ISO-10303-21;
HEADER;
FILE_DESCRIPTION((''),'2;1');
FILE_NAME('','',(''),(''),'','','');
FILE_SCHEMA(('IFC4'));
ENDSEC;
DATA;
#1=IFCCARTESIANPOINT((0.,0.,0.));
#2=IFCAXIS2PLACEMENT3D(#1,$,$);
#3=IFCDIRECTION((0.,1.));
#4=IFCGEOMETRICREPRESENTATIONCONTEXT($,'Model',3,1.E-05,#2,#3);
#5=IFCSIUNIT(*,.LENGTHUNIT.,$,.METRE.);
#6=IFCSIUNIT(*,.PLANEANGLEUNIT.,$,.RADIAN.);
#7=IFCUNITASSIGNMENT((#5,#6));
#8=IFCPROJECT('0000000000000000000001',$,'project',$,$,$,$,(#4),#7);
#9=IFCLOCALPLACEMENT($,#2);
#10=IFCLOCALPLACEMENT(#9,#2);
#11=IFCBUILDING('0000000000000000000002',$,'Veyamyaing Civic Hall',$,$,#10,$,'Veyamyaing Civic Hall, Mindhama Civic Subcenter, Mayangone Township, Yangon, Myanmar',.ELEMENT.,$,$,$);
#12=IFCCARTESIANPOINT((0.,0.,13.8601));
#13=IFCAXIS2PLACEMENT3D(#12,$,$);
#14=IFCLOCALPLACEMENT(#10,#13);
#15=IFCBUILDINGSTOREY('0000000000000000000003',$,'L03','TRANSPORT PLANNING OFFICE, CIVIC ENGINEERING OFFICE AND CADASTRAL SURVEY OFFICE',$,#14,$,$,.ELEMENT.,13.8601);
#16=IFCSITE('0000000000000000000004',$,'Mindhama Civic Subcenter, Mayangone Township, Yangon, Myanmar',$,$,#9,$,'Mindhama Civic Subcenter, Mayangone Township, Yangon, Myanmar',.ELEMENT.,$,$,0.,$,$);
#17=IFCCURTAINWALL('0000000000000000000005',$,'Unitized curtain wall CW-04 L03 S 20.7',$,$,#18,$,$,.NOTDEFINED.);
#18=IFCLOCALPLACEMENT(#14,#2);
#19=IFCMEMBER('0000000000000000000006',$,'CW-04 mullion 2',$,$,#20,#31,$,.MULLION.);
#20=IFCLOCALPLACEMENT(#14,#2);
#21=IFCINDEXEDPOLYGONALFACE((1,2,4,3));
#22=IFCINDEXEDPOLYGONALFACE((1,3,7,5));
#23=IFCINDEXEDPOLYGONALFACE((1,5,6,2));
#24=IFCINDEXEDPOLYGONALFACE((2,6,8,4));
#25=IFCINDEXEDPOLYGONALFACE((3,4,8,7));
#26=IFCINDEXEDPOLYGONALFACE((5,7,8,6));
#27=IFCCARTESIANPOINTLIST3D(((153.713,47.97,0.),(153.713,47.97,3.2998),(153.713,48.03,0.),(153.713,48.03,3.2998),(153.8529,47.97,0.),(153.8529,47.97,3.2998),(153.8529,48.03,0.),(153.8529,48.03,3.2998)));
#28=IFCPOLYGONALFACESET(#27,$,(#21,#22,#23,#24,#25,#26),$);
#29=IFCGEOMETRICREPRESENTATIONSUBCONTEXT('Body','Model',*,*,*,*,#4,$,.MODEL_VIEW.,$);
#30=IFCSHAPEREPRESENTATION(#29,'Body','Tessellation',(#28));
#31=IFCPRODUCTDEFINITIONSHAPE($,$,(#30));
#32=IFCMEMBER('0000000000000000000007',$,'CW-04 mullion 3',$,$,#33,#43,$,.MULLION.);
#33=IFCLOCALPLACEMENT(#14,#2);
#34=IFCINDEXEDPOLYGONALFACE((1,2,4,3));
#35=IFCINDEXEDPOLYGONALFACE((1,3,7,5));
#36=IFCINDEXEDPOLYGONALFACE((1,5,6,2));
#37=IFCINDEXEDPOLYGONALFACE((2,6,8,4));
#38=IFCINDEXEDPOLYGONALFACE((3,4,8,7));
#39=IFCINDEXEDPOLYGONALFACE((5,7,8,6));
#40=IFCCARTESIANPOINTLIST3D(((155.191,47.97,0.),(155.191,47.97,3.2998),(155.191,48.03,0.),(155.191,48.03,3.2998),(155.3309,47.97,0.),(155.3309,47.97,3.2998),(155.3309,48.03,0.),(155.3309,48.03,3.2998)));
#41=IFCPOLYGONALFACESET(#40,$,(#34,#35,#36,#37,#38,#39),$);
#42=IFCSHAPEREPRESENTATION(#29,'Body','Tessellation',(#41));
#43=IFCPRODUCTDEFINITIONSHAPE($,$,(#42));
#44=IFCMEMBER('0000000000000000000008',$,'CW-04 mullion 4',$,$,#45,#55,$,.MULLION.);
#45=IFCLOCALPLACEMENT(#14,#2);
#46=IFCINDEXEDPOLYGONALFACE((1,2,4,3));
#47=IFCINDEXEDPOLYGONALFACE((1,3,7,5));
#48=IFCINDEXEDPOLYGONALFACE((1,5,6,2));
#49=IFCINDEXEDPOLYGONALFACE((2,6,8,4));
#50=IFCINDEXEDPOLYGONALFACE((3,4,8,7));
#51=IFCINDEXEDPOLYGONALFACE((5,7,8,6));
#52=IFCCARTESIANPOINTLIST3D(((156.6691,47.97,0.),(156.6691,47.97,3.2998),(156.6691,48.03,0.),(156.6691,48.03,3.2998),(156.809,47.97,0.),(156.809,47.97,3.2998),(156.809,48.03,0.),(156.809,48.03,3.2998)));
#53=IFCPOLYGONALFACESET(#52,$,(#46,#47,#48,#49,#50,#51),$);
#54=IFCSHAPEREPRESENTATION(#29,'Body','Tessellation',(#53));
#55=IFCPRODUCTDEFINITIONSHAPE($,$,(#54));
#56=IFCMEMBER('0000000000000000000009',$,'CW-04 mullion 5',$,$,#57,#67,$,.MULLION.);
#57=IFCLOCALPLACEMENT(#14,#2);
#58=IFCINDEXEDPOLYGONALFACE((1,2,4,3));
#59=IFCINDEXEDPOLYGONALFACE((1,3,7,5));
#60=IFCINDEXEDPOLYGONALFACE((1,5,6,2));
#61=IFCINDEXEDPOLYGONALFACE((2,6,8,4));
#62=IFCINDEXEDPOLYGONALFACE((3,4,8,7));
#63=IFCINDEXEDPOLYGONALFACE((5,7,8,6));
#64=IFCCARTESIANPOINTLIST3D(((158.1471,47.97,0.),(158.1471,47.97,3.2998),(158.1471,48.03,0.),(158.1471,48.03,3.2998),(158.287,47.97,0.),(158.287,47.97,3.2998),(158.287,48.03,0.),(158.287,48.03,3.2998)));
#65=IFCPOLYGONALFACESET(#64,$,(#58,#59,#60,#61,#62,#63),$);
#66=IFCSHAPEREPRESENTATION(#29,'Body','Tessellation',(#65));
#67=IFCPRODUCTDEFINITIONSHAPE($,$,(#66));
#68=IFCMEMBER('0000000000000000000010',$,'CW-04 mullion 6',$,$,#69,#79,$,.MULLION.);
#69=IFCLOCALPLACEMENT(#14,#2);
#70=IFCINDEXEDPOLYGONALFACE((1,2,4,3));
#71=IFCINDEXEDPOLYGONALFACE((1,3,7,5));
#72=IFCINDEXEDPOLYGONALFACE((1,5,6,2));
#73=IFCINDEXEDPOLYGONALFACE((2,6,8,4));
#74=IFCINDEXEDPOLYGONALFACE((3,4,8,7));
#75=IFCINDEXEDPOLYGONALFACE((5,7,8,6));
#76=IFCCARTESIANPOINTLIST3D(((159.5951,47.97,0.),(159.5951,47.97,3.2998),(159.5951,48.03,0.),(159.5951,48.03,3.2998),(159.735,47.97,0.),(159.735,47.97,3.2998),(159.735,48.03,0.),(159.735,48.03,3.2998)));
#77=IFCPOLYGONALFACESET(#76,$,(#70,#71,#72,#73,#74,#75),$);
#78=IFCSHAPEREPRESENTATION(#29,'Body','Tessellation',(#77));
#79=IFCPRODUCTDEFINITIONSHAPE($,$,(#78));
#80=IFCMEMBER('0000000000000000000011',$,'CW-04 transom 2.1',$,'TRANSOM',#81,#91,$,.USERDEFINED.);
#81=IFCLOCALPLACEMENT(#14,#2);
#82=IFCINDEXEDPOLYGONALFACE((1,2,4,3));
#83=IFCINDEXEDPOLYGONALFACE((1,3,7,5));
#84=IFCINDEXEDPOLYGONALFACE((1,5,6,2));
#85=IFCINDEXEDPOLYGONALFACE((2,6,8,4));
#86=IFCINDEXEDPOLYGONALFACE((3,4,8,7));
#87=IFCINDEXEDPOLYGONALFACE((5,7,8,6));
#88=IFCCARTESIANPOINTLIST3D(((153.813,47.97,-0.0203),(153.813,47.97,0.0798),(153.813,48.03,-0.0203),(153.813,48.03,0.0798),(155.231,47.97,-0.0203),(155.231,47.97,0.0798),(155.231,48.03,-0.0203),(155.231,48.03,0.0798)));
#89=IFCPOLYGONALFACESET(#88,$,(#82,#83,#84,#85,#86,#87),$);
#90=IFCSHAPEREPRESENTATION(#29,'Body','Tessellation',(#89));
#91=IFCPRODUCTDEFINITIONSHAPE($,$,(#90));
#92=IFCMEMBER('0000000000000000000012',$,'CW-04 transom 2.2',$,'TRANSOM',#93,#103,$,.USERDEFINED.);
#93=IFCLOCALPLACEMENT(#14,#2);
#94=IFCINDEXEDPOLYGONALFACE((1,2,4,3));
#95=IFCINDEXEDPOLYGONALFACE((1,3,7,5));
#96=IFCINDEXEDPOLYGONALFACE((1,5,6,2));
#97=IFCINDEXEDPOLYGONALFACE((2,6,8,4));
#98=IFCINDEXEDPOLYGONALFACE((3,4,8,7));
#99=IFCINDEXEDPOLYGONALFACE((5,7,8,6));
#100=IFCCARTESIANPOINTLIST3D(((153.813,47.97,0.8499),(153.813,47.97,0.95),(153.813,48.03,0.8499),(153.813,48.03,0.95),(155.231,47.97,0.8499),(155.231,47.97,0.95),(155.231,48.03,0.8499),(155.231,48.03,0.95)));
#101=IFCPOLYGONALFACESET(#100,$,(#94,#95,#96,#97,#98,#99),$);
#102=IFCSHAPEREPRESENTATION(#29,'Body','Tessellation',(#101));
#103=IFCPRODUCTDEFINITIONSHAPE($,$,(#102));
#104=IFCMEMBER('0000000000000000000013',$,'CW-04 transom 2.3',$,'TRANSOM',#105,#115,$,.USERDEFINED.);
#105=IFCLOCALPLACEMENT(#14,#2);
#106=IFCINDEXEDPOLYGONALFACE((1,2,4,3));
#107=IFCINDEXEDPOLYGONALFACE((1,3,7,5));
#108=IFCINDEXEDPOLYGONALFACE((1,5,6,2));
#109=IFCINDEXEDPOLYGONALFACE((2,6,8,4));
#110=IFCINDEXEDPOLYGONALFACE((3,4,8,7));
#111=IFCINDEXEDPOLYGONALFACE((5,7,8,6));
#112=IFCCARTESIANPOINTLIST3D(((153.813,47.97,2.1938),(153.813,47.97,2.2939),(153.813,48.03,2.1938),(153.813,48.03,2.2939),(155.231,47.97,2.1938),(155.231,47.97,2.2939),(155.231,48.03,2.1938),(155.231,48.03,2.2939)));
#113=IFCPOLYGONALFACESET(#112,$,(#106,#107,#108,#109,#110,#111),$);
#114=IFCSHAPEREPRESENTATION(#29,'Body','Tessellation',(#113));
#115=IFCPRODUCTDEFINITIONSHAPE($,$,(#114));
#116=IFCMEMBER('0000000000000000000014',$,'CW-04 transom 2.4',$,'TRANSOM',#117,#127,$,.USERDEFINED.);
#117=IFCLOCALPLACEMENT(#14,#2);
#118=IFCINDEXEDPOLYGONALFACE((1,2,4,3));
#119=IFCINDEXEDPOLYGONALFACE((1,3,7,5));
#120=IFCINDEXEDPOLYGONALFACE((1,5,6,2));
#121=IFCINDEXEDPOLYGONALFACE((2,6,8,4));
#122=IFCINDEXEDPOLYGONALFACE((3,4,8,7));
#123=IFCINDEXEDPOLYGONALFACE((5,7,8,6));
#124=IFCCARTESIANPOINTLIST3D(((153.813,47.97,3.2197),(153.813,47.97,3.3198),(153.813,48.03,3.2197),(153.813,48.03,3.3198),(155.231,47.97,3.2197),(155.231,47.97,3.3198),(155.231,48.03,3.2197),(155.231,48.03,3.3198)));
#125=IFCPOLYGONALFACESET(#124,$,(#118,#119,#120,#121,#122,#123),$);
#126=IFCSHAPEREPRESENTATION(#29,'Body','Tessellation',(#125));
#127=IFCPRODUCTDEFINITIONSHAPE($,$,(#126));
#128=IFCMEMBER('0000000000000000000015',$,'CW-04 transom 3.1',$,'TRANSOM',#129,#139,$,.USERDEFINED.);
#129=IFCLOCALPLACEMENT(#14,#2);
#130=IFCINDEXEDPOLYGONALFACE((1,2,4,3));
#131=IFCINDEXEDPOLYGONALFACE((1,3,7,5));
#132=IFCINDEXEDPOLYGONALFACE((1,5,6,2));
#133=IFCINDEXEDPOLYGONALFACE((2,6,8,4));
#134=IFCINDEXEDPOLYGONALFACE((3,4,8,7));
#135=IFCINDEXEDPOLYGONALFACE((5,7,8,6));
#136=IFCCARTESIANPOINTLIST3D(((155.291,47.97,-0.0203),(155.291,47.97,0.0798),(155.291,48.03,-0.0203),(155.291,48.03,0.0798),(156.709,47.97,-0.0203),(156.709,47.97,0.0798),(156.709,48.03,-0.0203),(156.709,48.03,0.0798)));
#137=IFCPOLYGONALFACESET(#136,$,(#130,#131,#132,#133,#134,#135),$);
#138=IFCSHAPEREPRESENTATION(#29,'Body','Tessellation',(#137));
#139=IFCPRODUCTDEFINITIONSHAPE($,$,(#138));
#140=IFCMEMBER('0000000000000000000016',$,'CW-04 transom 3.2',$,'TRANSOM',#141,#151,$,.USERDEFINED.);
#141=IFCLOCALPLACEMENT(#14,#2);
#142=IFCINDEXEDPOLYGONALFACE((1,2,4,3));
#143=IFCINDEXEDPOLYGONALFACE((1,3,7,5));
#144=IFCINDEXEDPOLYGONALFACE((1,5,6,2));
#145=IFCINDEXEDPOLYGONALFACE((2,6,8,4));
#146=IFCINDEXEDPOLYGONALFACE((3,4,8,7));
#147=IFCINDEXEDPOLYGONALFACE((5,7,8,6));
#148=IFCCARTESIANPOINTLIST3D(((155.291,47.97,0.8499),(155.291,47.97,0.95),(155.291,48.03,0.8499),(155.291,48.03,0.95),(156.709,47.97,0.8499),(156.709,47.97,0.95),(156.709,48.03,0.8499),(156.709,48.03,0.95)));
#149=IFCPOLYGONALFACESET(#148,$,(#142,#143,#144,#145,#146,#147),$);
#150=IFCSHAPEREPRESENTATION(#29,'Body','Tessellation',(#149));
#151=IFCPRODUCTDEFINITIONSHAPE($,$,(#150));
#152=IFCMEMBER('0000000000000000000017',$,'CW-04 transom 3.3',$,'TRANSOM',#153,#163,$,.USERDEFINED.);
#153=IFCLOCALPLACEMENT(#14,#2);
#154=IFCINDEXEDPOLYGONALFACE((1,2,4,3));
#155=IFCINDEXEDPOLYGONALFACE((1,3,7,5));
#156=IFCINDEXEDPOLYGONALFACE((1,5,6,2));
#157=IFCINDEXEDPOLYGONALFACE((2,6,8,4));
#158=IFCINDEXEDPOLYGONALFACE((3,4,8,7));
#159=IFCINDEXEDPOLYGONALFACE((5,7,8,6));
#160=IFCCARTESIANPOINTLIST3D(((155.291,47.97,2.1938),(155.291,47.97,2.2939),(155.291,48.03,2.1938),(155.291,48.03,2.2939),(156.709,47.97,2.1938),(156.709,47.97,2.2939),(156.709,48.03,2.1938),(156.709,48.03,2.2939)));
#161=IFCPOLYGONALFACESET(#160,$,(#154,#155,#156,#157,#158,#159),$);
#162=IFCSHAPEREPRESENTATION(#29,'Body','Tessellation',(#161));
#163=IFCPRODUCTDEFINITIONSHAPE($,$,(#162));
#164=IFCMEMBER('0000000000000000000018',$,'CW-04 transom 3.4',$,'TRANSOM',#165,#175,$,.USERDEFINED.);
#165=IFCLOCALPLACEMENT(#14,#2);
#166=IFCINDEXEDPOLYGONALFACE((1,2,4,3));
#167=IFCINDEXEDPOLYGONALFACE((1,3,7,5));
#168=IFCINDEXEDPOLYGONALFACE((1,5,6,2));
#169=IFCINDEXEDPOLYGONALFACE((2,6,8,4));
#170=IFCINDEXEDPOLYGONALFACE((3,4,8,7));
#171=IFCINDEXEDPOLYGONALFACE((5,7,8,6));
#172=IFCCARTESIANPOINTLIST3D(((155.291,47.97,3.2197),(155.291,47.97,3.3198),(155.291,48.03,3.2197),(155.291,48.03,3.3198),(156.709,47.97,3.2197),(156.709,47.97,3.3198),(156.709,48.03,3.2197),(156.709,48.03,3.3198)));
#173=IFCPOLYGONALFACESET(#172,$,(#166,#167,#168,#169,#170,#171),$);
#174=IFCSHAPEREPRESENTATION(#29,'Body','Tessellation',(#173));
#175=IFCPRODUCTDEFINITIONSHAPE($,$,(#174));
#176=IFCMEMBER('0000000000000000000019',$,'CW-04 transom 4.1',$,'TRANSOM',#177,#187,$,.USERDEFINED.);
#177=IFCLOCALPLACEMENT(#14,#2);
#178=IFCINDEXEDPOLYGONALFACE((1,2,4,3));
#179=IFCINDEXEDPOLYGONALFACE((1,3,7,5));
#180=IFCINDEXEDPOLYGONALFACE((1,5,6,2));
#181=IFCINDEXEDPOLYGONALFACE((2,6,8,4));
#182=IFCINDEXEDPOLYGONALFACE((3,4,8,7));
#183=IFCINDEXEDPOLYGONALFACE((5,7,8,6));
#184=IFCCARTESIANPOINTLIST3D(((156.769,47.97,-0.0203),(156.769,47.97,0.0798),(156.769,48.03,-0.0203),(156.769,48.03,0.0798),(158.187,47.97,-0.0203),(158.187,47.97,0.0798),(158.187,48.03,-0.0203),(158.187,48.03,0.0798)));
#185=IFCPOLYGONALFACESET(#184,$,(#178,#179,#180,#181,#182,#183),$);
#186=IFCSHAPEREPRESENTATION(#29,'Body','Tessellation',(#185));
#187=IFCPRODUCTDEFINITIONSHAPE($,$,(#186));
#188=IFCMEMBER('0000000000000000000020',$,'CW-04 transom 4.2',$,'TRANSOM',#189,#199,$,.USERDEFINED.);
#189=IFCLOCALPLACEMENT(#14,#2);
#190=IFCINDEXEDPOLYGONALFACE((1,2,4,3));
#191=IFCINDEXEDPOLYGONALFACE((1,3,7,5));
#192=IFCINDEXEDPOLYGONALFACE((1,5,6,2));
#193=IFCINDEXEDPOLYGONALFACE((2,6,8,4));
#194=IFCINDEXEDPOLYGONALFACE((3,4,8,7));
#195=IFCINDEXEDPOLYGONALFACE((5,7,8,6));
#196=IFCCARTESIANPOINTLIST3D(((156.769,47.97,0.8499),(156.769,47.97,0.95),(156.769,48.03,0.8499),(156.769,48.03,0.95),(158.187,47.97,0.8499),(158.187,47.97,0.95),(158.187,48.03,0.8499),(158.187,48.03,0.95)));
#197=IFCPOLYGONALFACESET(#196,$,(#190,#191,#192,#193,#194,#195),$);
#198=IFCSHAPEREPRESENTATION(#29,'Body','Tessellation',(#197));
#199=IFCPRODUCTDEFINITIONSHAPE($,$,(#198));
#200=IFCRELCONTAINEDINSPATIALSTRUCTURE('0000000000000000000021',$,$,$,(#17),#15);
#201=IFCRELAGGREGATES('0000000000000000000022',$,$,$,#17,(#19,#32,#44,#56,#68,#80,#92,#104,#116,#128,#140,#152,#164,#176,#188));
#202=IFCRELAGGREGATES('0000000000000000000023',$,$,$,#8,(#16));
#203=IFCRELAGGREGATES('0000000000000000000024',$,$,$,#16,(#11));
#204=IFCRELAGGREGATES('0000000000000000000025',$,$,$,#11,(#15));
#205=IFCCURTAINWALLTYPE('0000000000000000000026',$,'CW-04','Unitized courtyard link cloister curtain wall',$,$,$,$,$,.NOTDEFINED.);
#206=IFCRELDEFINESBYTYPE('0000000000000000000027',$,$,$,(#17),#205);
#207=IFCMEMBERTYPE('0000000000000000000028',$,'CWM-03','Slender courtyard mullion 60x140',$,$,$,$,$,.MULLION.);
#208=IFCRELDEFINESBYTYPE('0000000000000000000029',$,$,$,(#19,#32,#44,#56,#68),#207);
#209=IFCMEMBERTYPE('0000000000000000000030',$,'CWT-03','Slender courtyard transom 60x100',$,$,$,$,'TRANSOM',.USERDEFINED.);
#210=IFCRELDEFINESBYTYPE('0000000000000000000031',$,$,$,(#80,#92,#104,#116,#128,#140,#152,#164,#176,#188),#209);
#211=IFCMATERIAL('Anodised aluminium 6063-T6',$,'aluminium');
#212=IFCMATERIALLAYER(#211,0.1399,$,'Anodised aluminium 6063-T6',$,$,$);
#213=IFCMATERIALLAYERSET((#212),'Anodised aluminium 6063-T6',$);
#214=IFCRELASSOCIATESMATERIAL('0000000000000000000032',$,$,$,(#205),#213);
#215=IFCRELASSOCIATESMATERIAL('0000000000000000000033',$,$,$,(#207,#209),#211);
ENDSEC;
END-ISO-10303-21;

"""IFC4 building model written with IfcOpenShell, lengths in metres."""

from ifc_helpers import new_model, si_unit, direction, frame, origin, origin_2d, place, context, subcontext, project, spatial, rectangle, extrude, material, layer, layer_set, material_profile, profile_set, type_object, element, aggregate, save


model = new_model("IFC4")

# Units and contexts
model_context = context("Model", 3, precision=1e-05, world=origin(), true_north=direction((0.0, 1.0)))
body_context = subcontext(model_context, "Body", "Model", "MODEL_VIEW")
ifc_project = project(units=[si_unit("LENGTHUNIT", "METRE"), si_unit("PLANEANGLEUNIT", "RADIAN")], contexts=[model_context])

# Site, building, storey
site_placement = place(None, origin())
site = spatial("IfcSite", under=ifc_project, at=site_placement, Name="Mindhama Civic Subcenter, Mayangone Township, Yangon, Myanmar", LongName="Mindhama Civic Subcenter, Mayangone Township, Yangon, Myanmar", CompositionType="ELEMENT", RefElevation=0.0)
building_placement = place(site_placement, origin())
building = spatial("IfcBuilding", under=site, at=building_placement, Name="Veyamyaing Civic Hall", LongName="Veyamyaing Civic Hall, Mindhama Civic Subcenter, Mayangone Township, Yangon, Myanmar", CompositionType="ELEMENT")
storey_placement = place(building_placement, frame((0.0, 0.0, 13.8601)))
storey = spatial("IfcBuildingStorey", under=building, at=storey_placement, Name="L03", Description="TRANSPORT PLANNING OFFICE, CIVIC ENGINEERING OFFICE AND CADASTRAL SURVEY OFFICE", CompositionType="ELEMENT", Elevation=13.8601)

# Curtain wall, members
ifc_material_1 = material(Name="Anodised aluminium 6063-T6", Category="aluminium")
ifc_layer_1 = layer(ifc_material_1, 0.1399, Name="Anodised aluminium 6063-T6")
ifc_layer_set_1 = layer_set([ifc_layer_1], Name="Anodised aluminium 6063-T6")
curtain_wall_type = type_object("IfcCurtainWallType", Name="CW-04", Description="Unitized courtyard link cloister curtain wall", PredefinedType="NOTDEFINED", material=ifc_layer_set_1)
curtain_wall_placement = place(storey_placement, origin())
curtain_wall = element("IfcCurtainWall", 1, at=curtain_wall_placement, inside=storey, type_object=curtain_wall_type, Name="Unitized curtain wall CW-04 L03 S 20.7", PredefinedType="NOTDEFINED")
ifc_material_profile_1 = material_profile(ifc_material_1, rectangle(XDim=0.0601, YDim=0.1399, at=origin_2d()), Name="ALU-MUL-60X140")
ifc_profile_set_1 = profile_set([ifc_material_profile_1], Name="Anodised aluminium 6063-T6")
member_type_1 = type_object("IfcMemberType", Name="CWM-03", Description="Slender courtyard mullion 60x140", PredefinedType="MULLION", material=ifc_profile_set_1)
member_1_placement = place(storey_placement, frame((153.783, 48.0, 0.0), z_axis=(0.0, 0.0, 1.0), x_axis=(0.0, 1.0, 0.0)))
member_1 = element("IfcMember", 2, at=member_1_placement, type_object=member_type_1, Name="CW-04 mullion 2", PredefinedType="MULLION", context=body_context, shape_type="SweptSolid", body=[
    extrude(rectangle(XDim=0.0601, YDim=0.1399, at=origin_2d()), origin(), (0.0, 0.0, 1.0), 3.2998),
])
member_2_placement = place(storey_placement, frame((155.261, 48.0, 0.0), z_axis=(0.0, 0.0, 1.0), x_axis=(0.0, 1.0, 0.0)))
member_2 = element("IfcMember", 3, at=member_2_placement, type_object=member_type_1, Name="CW-04 mullion 3", PredefinedType="MULLION", context=body_context, shape_type="SweptSolid", body=[
    extrude(rectangle(XDim=0.0601, YDim=0.1399, at=origin_2d()), origin(), (0.0, 0.0, 1.0), 3.2998),
])
member_3_placement = place(storey_placement, frame((156.739, 48.0, 0.0), z_axis=(0.0, 0.0, 1.0), x_axis=(0.0, 1.0, 0.0)))
member_3 = element("IfcMember", 4, at=member_3_placement, type_object=member_type_1, Name="CW-04 mullion 4", PredefinedType="MULLION", context=body_context, shape_type="SweptSolid", body=[
    extrude(rectangle(XDim=0.0601, YDim=0.1399, at=origin_2d()), origin(), (0.0, 0.0, 1.0), 3.2998),
])
member_4_placement = place(storey_placement, frame((158.217, 48.0, 0.0), z_axis=(0.0, 0.0, 1.0), x_axis=(0.0, 1.0, 0.0)))
member_4 = element("IfcMember", 5, at=member_4_placement, type_object=member_type_1, Name="CW-04 mullion 5", PredefinedType="MULLION", context=body_context, shape_type="SweptSolid", body=[
    extrude(rectangle(XDim=0.0601, YDim=0.1399, at=origin_2d()), origin(), (0.0, 0.0, 1.0), 3.2998),
])
member_5_placement = place(storey_placement, frame((159.665, 48.0, 0.0), z_axis=(0.0, 0.0, 1.0), x_axis=(0.0, 1.0, 0.0)))
member_5 = element("IfcMember", 6, at=member_5_placement, type_object=member_type_1, Name="CW-04 mullion 6", PredefinedType="MULLION", context=body_context, shape_type="SweptSolid", body=[
    extrude(rectangle(XDim=0.0601, YDim=0.1399, at=origin_2d()), origin(), (0.0, 0.0, 1.0), 3.2998),
])
ifc_material_profile_2 = material_profile(ifc_material_1, rectangle(XDim=0.0601, YDim=0.1001, at=origin_2d()), Name="ALU-TRN-60X100")
ifc_profile_set_2 = profile_set([ifc_material_profile_2], Name="Anodised aluminium 6063-T6")
member_type_2 = type_object("IfcMemberType", Name="CWT-03", Description="Slender courtyard transom 60x100", ElementType="TRANSOM", PredefinedType="USERDEFINED", material=ifc_profile_set_2)
member_6_placement = place(storey_placement, frame((153.813, 48.0, 0.0298), z_axis=(1.0, 0.0, 0.0), x_axis=(0.0, 1.0, 0.0)))
member_6 = element("IfcMember", 7, at=member_6_placement, type_object=member_type_2, Name="CW-04 transom 2.1", ObjectType="TRANSOM", PredefinedType="USERDEFINED", context=body_context, shape_type="SweptSolid", body=[
    extrude(rectangle(XDim=0.0601, YDim=0.1001, at=origin_2d()), origin(), (0.0, 0.0, 1.0), 1.418),
])
member_7_placement = place(storey_placement, frame((153.813, 48.0, 0.8999), z_axis=(1.0, 0.0, 0.0), x_axis=(0.0, 1.0, 0.0)))
member_7 = element("IfcMember", 8, at=member_7_placement, type_object=member_type_2, Name="CW-04 transom 2.2", ObjectType="TRANSOM", PredefinedType="USERDEFINED", context=body_context, shape_type="SweptSolid", body=[
    extrude(rectangle(XDim=0.0601, YDim=0.1001, at=origin_2d()), origin(), (0.0, 0.0, 1.0), 1.418),
])
member_8_placement = place(storey_placement, frame((153.813, 48.0, 2.2439), z_axis=(1.0, 0.0, 0.0), x_axis=(0.0, 1.0, 0.0)))
member_8 = element("IfcMember", 9, at=member_8_placement, type_object=member_type_2, Name="CW-04 transom 2.3", ObjectType="TRANSOM", PredefinedType="USERDEFINED", context=body_context, shape_type="SweptSolid", body=[
    extrude(rectangle(XDim=0.0601, YDim=0.1001, at=origin_2d()), origin(), (0.0, 0.0, 1.0), 1.418),
])
member_9_placement = place(storey_placement, frame((153.813, 48.0, 3.2698), z_axis=(1.0, 0.0, 0.0), x_axis=(0.0, 1.0, 0.0)))
member_9 = element("IfcMember", 10, at=member_9_placement, type_object=member_type_2, Name="CW-04 transom 2.4", ObjectType="TRANSOM", PredefinedType="USERDEFINED", context=body_context, shape_type="SweptSolid", body=[
    extrude(rectangle(XDim=0.0601, YDim=0.1001, at=origin_2d()), origin(), (0.0, 0.0, 1.0), 1.418),
])
member_10_placement = place(storey_placement, frame((155.291, 48.0, 0.0298), z_axis=(1.0, 0.0, 0.0), x_axis=(0.0, 1.0, 0.0)))
member_10 = element("IfcMember", 11, at=member_10_placement, type_object=member_type_2, Name="CW-04 transom 3.1", ObjectType="TRANSOM", PredefinedType="USERDEFINED", context=body_context, shape_type="SweptSolid", body=[
    extrude(rectangle(XDim=0.0601, YDim=0.1001, at=origin_2d()), origin(), (0.0, 0.0, 1.0), 1.418),
])
member_11_placement = place(storey_placement, frame((155.291, 48.0, 0.8999), z_axis=(1.0, 0.0, 0.0), x_axis=(0.0, 1.0, 0.0)))
member_11 = element("IfcMember", 12, at=member_11_placement, type_object=member_type_2, Name="CW-04 transom 3.2", ObjectType="TRANSOM", PredefinedType="USERDEFINED", context=body_context, shape_type="SweptSolid", body=[
    extrude(rectangle(XDim=0.0601, YDim=0.1001, at=origin_2d()), origin(), (0.0, 0.0, 1.0), 1.418),
])
member_12_placement = place(storey_placement, frame((155.291, 48.0, 2.2439), z_axis=(1.0, 0.0, 0.0), x_axis=(0.0, 1.0, 0.0)))
member_12 = element("IfcMember", 13, at=member_12_placement, type_object=member_type_2, Name="CW-04 transom 3.3", ObjectType="TRANSOM", PredefinedType="USERDEFINED", context=body_context, shape_type="SweptSolid", body=[
    extrude(rectangle(XDim=0.0601, YDim=0.1001, at=origin_2d()), origin(), (0.0, 0.0, 1.0), 1.418),
])
member_13_placement = place(storey_placement, frame((155.291, 48.0, 3.2698), z_axis=(1.0, 0.0, 0.0), x_axis=(0.0, 1.0, 0.0)))
member_13 = element("IfcMember", 14, at=member_13_placement, type_object=member_type_2, Name="CW-04 transom 3.4", ObjectType="TRANSOM", PredefinedType="USERDEFINED", context=body_context, shape_type="SweptSolid", body=[
    extrude(rectangle(XDim=0.0601, YDim=0.1001, at=origin_2d()), origin(), (0.0, 0.0, 1.0), 1.418),
])
member_14_placement = place(storey_placement, frame((156.769, 48.0, 0.0298), z_axis=(1.0, 0.0, 0.0), x_axis=(0.0, 1.0, 0.0)))
member_14 = element("IfcMember", 15, at=member_14_placement, type_object=member_type_2, Name="CW-04 transom 4.1", ObjectType="TRANSOM", PredefinedType="USERDEFINED", context=body_context, shape_type="SweptSolid", body=[
    extrude(rectangle(XDim=0.0601, YDim=0.1001, at=origin_2d()), origin(), (0.0, 0.0, 1.0), 1.418),
])
member_15_placement = place(storey_placement, frame((156.769, 48.0, 0.8999), z_axis=(1.0, 0.0, 0.0), x_axis=(0.0, 1.0, 0.0)))
member_15 = element("IfcMember", 16, at=member_15_placement, type_object=member_type_2, Name="CW-04 transom 4.2", ObjectType="TRANSOM", PredefinedType="USERDEFINED", context=body_context, shape_type="SweptSolid", body=[
    extrude(rectangle(XDim=0.0601, YDim=0.1001, at=origin_2d()), origin(), (0.0, 0.0, 1.0), 1.418),
])
aggregate(curtain_wall, [member_1, member_2, member_3, member_4, member_5, member_6, member_7, member_8, member_9, member_10, member_11, member_12, member_13, member_14, member_15])

save(model, "model.ifc")
